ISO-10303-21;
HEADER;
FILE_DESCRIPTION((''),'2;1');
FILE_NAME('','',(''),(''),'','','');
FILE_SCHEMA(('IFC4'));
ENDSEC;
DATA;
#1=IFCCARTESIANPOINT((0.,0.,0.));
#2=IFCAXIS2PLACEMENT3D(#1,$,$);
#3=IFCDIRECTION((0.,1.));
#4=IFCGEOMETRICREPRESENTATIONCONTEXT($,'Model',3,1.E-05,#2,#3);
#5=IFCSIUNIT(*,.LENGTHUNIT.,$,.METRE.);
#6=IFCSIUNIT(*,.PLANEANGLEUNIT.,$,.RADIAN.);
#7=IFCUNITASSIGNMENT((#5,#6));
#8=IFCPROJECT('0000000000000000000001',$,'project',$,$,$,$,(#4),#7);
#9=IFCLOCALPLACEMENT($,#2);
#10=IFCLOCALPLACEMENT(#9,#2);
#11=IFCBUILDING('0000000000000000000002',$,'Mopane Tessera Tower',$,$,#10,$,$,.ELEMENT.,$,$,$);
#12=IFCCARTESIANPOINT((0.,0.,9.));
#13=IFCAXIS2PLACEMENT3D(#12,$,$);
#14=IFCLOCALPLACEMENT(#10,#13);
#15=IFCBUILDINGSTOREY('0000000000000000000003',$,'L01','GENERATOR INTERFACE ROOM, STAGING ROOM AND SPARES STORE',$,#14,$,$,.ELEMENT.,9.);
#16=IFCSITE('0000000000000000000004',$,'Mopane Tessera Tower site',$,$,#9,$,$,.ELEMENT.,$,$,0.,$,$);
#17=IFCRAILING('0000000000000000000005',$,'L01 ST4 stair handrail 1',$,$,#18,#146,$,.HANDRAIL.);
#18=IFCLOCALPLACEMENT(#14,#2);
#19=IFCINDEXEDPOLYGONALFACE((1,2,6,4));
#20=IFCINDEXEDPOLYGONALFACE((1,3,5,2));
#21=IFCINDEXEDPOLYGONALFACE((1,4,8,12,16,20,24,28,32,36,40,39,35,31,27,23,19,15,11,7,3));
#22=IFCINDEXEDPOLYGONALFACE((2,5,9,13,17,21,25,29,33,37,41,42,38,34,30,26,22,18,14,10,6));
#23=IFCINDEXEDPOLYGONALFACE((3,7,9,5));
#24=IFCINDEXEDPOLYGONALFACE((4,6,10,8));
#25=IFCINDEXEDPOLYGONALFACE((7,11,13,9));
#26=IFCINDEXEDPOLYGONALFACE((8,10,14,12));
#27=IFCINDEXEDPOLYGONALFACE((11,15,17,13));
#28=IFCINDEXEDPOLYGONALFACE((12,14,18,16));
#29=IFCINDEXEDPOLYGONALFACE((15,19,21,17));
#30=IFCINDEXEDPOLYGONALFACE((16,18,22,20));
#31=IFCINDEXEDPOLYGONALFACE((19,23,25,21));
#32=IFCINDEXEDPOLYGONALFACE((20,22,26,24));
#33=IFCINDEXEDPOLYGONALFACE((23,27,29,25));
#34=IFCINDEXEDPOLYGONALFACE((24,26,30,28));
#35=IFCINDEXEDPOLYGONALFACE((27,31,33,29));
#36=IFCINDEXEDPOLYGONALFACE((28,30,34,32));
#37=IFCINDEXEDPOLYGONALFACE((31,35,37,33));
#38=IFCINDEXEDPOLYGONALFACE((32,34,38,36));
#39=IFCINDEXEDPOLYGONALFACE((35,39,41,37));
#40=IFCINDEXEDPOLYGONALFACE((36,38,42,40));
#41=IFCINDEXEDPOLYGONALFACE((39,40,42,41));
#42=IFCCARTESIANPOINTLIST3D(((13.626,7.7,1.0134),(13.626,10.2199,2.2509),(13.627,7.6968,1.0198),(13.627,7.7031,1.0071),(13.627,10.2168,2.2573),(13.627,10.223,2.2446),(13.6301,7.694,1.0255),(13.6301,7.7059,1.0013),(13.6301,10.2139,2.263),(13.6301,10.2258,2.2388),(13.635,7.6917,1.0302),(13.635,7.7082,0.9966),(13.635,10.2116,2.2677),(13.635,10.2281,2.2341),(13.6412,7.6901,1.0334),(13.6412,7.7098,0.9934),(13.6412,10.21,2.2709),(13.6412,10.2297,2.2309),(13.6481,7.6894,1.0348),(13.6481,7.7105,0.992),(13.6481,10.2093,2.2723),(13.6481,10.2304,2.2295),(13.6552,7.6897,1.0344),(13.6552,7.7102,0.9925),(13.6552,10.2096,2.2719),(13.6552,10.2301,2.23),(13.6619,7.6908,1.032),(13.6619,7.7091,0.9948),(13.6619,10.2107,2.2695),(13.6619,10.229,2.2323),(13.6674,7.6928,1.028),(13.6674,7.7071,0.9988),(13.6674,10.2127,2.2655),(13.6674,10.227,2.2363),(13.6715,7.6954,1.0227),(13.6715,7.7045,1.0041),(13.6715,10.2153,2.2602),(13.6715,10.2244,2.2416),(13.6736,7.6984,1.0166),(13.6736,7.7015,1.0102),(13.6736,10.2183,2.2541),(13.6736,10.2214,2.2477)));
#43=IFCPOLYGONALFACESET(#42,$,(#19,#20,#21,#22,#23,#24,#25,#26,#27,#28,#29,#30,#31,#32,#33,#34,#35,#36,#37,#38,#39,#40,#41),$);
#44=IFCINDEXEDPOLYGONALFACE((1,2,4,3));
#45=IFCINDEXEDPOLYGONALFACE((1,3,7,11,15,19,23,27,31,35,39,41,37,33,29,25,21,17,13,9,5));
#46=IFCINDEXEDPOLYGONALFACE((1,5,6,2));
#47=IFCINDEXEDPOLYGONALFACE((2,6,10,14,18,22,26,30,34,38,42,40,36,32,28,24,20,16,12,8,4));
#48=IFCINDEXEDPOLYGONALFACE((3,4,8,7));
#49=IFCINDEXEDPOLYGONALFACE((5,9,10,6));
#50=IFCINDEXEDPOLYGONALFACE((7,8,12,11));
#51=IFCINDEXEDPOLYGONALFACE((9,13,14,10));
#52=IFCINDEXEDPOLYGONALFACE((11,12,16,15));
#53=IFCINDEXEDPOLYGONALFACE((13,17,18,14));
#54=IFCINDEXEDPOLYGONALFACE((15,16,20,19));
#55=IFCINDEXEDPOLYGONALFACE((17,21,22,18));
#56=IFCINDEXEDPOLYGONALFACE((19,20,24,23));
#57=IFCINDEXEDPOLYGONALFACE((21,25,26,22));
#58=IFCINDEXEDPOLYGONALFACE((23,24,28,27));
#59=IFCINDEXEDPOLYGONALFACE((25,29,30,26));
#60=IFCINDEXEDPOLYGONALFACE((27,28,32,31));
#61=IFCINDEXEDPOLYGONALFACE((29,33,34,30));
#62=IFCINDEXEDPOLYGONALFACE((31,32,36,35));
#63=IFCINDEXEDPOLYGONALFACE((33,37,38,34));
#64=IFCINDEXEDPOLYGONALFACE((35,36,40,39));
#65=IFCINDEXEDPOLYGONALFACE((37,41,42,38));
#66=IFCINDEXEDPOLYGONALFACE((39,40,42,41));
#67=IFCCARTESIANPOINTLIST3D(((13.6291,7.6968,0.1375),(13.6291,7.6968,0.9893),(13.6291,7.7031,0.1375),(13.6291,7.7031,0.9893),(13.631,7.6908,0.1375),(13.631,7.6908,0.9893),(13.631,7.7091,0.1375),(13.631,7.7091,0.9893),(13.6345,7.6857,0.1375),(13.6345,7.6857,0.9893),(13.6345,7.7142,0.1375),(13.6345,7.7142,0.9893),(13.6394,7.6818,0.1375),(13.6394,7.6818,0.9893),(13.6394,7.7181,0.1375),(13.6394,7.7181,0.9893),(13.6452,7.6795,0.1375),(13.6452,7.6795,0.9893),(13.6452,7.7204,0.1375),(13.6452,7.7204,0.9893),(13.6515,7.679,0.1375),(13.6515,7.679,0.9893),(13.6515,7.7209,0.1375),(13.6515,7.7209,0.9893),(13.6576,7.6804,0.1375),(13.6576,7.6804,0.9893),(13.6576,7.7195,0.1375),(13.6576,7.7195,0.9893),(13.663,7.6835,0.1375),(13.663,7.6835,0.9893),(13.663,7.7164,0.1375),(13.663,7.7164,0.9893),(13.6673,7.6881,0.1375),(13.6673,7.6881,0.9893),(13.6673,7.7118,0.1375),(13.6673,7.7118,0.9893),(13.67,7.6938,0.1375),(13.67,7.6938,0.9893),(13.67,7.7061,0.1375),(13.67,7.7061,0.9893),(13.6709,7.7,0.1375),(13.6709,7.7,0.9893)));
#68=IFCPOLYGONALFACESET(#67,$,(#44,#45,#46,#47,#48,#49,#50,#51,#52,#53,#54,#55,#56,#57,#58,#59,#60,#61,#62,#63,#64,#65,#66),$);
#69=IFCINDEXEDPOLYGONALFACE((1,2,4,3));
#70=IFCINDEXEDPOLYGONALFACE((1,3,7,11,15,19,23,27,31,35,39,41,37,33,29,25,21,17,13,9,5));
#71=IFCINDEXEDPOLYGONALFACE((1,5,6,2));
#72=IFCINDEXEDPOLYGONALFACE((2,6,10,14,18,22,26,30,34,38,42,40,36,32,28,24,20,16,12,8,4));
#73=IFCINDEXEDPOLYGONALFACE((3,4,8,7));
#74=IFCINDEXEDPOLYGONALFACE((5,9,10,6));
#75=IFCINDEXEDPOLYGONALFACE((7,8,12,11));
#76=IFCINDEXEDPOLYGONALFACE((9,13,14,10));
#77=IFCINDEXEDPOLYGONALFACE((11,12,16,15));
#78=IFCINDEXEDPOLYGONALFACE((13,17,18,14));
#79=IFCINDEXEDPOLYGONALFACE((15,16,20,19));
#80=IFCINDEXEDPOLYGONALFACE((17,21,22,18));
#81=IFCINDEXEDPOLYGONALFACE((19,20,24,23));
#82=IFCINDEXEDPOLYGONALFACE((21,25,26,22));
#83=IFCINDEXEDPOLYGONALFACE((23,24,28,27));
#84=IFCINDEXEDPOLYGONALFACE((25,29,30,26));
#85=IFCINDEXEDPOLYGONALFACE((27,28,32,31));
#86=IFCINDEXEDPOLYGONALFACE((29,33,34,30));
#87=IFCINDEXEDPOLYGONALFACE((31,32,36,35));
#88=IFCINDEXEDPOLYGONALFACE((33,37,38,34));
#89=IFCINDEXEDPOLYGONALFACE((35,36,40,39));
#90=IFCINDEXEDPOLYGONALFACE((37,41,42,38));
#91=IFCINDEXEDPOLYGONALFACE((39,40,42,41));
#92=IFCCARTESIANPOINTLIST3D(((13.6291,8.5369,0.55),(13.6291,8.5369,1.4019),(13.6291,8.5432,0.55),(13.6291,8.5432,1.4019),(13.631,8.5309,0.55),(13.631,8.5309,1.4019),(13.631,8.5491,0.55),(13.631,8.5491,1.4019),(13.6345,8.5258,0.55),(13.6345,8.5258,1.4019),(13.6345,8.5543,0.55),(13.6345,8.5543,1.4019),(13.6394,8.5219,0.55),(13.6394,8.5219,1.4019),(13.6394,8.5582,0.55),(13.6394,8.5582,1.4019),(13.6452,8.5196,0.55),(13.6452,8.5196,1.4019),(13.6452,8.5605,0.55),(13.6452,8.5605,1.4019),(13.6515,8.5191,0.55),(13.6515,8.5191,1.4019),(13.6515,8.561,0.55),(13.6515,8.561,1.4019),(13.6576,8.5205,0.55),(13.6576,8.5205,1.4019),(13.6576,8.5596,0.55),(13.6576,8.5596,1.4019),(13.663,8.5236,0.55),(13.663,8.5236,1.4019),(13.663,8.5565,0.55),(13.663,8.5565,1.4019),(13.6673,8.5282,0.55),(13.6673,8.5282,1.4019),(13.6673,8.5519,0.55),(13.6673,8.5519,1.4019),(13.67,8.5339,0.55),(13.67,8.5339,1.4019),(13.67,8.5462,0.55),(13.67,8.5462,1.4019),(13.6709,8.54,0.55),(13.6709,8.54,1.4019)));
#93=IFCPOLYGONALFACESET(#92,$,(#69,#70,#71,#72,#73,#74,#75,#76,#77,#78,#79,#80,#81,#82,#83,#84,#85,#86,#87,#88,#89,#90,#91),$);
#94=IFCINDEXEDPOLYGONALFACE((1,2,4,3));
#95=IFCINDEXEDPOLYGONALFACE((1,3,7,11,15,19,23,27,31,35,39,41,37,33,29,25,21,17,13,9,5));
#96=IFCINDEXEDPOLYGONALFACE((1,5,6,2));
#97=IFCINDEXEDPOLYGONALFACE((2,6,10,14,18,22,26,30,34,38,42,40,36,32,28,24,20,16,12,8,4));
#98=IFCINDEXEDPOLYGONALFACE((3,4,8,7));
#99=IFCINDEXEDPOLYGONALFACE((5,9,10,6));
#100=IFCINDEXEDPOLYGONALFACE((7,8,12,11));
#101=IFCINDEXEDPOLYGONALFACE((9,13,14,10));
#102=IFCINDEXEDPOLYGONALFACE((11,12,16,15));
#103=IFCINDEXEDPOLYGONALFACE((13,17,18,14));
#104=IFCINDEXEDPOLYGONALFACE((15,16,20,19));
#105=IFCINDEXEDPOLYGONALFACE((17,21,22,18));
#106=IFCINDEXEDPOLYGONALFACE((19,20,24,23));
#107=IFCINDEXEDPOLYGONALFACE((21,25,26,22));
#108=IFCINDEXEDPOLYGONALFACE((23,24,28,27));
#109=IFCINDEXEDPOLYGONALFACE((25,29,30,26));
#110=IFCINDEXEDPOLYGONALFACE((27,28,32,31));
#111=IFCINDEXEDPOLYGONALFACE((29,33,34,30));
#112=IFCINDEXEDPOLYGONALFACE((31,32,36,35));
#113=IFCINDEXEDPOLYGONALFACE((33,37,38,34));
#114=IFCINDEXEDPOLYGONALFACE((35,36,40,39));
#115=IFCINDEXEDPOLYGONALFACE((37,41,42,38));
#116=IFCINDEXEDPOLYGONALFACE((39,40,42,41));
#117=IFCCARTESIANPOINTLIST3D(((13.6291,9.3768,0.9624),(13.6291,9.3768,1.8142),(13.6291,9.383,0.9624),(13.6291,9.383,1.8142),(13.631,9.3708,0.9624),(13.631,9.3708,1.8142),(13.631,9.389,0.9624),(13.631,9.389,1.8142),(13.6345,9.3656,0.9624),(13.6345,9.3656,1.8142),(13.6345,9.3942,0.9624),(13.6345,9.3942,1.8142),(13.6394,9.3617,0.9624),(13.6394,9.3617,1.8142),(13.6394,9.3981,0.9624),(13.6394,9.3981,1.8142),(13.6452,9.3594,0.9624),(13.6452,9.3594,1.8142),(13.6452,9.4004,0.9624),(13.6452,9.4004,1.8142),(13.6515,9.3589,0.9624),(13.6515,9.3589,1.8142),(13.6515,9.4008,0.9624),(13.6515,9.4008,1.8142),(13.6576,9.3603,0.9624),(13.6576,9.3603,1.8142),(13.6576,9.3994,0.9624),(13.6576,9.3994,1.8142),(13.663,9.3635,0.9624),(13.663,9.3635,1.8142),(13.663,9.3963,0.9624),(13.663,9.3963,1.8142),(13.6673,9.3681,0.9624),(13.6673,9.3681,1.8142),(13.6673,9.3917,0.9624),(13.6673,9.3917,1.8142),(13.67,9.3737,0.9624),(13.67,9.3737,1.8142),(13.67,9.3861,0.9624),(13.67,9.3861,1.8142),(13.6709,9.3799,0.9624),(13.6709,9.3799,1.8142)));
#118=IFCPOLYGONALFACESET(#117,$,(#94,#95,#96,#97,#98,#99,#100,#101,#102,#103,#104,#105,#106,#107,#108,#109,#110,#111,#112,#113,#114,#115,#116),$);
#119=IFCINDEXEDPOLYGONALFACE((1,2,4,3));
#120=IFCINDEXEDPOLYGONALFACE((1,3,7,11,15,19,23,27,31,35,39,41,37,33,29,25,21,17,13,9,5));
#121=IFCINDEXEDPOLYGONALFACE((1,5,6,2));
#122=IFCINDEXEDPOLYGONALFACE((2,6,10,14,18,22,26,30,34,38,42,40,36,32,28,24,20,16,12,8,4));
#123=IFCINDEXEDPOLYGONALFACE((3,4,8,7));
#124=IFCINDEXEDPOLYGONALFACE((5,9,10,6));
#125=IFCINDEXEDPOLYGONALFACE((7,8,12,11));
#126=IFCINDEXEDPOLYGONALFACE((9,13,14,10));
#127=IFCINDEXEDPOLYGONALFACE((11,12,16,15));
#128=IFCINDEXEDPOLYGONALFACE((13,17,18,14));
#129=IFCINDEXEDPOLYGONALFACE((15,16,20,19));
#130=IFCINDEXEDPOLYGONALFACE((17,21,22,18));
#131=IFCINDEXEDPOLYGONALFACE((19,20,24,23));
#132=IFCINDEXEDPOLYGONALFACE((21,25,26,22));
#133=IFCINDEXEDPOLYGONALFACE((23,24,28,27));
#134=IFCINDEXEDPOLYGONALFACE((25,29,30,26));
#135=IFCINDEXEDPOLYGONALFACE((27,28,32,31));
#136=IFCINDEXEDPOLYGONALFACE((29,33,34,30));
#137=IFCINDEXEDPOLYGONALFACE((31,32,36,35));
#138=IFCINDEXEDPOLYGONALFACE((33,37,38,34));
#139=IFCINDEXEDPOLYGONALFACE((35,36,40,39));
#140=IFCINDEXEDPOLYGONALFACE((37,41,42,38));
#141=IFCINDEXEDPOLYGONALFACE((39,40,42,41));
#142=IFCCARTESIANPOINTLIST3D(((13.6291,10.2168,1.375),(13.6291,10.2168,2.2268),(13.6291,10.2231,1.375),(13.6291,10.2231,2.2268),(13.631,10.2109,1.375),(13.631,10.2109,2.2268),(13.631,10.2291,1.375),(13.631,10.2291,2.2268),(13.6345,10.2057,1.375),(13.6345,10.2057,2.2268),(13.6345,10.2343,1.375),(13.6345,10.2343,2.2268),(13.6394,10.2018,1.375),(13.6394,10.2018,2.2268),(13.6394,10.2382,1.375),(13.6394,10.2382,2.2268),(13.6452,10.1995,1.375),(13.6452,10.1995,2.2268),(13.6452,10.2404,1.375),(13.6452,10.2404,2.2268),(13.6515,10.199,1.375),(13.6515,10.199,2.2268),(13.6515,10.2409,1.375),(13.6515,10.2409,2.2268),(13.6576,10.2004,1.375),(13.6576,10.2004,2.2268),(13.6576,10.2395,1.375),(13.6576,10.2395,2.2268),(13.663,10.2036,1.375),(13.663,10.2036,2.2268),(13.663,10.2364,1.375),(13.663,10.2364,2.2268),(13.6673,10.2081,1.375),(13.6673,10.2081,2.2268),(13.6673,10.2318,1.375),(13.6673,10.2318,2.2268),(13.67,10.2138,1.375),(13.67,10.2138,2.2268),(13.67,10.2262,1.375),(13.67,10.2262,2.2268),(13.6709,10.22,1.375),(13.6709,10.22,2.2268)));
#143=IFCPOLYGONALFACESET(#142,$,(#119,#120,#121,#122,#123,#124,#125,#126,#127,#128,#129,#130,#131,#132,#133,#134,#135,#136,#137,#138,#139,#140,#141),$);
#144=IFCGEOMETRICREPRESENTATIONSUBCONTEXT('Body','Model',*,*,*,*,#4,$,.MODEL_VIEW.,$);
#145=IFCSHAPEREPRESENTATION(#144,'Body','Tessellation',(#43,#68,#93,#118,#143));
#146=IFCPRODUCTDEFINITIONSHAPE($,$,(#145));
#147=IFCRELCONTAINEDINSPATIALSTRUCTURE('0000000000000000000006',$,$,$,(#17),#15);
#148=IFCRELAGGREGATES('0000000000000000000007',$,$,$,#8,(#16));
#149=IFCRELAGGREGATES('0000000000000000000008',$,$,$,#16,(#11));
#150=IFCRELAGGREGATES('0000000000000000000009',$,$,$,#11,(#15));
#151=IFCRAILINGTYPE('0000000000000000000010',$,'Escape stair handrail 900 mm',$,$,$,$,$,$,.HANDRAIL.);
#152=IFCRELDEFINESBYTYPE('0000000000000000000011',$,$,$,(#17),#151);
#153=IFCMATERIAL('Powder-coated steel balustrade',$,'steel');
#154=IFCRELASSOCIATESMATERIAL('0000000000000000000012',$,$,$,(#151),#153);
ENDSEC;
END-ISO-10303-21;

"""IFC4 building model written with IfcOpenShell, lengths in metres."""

from ifc_helpers import new_model, si_unit, direction, frame, origin, origin_2d, place, context, subcontext, project, spatial, circle, extrude, material, type_object, element, save


model = new_model("IFC4")

# Units and contexts
model_context = context("Model", 3, precision=1e-05, world=origin(), true_north=direction((0.0, 1.0)))
body_context = subcontext(model_context, "Body", "Model", "MODEL_VIEW")
ifc_project = project(units=[si_unit("LENGTHUNIT", "METRE"), si_unit("PLANEANGLEUNIT", "RADIAN")], contexts=[model_context])

# Site, building, storey
site_placement = place(None, origin())
site = spatial("IfcSite", under=ifc_project, at=site_placement, Name="Mopane Tessera Tower site", CompositionType="ELEMENT", RefElevation=0.0)
building_placement = place(site_placement, origin())
building = spatial("IfcBuilding", under=site, at=building_placement, Name="Mopane Tessera Tower", CompositionType="ELEMENT")
storey_placement = place(building_placement, frame((0.0, 0.0, 9.0)))
storey = spatial("IfcBuildingStorey", under=building, at=storey_placement, Name="L01", Description="GENERATOR INTERFACE ROOM, STAGING ROOM AND SPARES STORE", CompositionType="ELEMENT", Elevation=9.0)

# Railing
ifc_material_1 = material(Name="Powder-coated steel balustrade", Category="steel")
railing_type_1 = type_object("IfcRailingType", Name="Escape stair handrail 900 mm", PredefinedType="HANDRAIL", material=ifc_material_1)
for number, where, name in (
    (1, (13.6499, 7.7, 0.1375), "L01 ST4 stair handrail 1"),
):
    element("IfcRailing", number, at=place(storey_placement, frame(where)), inside=storey, type_object=railing_type_1, Name=name, PredefinedType="HANDRAIL", context=body_context, shape_type="SweptSolid", body=[
        extrude(circle(Radius=0.0239, at=origin_2d()), frame((0.0, 0.0, 0.876), z_axis=(0.0, 0.897604, 0.440802), x_axis=(-1.0, 0.0, 0.0)), (0.0, 0.0, 1.0), 2.8074),
        extrude(circle(Radius=0.021, at=origin_2d()), origin(), (0.0, 0.0, 1.0), 0.8518),
        extrude(circle(Radius=0.021, at=origin_2d()), frame((0.0, 0.8401, 0.4126)), (0.0, 0.0, 1.0), 0.8518),
        extrude(circle(Radius=0.021, at=origin_2d()), frame((0.0, 1.6799, 0.825)), (0.0, 0.0, 1.0), 0.8518),
        extrude(circle(Radius=0.021, at=origin_2d()), frame((0.0, 2.52, 1.2375)), (0.0, 0.0, 1.0), 0.8518),
    ])

save(model, "model.ifc")
